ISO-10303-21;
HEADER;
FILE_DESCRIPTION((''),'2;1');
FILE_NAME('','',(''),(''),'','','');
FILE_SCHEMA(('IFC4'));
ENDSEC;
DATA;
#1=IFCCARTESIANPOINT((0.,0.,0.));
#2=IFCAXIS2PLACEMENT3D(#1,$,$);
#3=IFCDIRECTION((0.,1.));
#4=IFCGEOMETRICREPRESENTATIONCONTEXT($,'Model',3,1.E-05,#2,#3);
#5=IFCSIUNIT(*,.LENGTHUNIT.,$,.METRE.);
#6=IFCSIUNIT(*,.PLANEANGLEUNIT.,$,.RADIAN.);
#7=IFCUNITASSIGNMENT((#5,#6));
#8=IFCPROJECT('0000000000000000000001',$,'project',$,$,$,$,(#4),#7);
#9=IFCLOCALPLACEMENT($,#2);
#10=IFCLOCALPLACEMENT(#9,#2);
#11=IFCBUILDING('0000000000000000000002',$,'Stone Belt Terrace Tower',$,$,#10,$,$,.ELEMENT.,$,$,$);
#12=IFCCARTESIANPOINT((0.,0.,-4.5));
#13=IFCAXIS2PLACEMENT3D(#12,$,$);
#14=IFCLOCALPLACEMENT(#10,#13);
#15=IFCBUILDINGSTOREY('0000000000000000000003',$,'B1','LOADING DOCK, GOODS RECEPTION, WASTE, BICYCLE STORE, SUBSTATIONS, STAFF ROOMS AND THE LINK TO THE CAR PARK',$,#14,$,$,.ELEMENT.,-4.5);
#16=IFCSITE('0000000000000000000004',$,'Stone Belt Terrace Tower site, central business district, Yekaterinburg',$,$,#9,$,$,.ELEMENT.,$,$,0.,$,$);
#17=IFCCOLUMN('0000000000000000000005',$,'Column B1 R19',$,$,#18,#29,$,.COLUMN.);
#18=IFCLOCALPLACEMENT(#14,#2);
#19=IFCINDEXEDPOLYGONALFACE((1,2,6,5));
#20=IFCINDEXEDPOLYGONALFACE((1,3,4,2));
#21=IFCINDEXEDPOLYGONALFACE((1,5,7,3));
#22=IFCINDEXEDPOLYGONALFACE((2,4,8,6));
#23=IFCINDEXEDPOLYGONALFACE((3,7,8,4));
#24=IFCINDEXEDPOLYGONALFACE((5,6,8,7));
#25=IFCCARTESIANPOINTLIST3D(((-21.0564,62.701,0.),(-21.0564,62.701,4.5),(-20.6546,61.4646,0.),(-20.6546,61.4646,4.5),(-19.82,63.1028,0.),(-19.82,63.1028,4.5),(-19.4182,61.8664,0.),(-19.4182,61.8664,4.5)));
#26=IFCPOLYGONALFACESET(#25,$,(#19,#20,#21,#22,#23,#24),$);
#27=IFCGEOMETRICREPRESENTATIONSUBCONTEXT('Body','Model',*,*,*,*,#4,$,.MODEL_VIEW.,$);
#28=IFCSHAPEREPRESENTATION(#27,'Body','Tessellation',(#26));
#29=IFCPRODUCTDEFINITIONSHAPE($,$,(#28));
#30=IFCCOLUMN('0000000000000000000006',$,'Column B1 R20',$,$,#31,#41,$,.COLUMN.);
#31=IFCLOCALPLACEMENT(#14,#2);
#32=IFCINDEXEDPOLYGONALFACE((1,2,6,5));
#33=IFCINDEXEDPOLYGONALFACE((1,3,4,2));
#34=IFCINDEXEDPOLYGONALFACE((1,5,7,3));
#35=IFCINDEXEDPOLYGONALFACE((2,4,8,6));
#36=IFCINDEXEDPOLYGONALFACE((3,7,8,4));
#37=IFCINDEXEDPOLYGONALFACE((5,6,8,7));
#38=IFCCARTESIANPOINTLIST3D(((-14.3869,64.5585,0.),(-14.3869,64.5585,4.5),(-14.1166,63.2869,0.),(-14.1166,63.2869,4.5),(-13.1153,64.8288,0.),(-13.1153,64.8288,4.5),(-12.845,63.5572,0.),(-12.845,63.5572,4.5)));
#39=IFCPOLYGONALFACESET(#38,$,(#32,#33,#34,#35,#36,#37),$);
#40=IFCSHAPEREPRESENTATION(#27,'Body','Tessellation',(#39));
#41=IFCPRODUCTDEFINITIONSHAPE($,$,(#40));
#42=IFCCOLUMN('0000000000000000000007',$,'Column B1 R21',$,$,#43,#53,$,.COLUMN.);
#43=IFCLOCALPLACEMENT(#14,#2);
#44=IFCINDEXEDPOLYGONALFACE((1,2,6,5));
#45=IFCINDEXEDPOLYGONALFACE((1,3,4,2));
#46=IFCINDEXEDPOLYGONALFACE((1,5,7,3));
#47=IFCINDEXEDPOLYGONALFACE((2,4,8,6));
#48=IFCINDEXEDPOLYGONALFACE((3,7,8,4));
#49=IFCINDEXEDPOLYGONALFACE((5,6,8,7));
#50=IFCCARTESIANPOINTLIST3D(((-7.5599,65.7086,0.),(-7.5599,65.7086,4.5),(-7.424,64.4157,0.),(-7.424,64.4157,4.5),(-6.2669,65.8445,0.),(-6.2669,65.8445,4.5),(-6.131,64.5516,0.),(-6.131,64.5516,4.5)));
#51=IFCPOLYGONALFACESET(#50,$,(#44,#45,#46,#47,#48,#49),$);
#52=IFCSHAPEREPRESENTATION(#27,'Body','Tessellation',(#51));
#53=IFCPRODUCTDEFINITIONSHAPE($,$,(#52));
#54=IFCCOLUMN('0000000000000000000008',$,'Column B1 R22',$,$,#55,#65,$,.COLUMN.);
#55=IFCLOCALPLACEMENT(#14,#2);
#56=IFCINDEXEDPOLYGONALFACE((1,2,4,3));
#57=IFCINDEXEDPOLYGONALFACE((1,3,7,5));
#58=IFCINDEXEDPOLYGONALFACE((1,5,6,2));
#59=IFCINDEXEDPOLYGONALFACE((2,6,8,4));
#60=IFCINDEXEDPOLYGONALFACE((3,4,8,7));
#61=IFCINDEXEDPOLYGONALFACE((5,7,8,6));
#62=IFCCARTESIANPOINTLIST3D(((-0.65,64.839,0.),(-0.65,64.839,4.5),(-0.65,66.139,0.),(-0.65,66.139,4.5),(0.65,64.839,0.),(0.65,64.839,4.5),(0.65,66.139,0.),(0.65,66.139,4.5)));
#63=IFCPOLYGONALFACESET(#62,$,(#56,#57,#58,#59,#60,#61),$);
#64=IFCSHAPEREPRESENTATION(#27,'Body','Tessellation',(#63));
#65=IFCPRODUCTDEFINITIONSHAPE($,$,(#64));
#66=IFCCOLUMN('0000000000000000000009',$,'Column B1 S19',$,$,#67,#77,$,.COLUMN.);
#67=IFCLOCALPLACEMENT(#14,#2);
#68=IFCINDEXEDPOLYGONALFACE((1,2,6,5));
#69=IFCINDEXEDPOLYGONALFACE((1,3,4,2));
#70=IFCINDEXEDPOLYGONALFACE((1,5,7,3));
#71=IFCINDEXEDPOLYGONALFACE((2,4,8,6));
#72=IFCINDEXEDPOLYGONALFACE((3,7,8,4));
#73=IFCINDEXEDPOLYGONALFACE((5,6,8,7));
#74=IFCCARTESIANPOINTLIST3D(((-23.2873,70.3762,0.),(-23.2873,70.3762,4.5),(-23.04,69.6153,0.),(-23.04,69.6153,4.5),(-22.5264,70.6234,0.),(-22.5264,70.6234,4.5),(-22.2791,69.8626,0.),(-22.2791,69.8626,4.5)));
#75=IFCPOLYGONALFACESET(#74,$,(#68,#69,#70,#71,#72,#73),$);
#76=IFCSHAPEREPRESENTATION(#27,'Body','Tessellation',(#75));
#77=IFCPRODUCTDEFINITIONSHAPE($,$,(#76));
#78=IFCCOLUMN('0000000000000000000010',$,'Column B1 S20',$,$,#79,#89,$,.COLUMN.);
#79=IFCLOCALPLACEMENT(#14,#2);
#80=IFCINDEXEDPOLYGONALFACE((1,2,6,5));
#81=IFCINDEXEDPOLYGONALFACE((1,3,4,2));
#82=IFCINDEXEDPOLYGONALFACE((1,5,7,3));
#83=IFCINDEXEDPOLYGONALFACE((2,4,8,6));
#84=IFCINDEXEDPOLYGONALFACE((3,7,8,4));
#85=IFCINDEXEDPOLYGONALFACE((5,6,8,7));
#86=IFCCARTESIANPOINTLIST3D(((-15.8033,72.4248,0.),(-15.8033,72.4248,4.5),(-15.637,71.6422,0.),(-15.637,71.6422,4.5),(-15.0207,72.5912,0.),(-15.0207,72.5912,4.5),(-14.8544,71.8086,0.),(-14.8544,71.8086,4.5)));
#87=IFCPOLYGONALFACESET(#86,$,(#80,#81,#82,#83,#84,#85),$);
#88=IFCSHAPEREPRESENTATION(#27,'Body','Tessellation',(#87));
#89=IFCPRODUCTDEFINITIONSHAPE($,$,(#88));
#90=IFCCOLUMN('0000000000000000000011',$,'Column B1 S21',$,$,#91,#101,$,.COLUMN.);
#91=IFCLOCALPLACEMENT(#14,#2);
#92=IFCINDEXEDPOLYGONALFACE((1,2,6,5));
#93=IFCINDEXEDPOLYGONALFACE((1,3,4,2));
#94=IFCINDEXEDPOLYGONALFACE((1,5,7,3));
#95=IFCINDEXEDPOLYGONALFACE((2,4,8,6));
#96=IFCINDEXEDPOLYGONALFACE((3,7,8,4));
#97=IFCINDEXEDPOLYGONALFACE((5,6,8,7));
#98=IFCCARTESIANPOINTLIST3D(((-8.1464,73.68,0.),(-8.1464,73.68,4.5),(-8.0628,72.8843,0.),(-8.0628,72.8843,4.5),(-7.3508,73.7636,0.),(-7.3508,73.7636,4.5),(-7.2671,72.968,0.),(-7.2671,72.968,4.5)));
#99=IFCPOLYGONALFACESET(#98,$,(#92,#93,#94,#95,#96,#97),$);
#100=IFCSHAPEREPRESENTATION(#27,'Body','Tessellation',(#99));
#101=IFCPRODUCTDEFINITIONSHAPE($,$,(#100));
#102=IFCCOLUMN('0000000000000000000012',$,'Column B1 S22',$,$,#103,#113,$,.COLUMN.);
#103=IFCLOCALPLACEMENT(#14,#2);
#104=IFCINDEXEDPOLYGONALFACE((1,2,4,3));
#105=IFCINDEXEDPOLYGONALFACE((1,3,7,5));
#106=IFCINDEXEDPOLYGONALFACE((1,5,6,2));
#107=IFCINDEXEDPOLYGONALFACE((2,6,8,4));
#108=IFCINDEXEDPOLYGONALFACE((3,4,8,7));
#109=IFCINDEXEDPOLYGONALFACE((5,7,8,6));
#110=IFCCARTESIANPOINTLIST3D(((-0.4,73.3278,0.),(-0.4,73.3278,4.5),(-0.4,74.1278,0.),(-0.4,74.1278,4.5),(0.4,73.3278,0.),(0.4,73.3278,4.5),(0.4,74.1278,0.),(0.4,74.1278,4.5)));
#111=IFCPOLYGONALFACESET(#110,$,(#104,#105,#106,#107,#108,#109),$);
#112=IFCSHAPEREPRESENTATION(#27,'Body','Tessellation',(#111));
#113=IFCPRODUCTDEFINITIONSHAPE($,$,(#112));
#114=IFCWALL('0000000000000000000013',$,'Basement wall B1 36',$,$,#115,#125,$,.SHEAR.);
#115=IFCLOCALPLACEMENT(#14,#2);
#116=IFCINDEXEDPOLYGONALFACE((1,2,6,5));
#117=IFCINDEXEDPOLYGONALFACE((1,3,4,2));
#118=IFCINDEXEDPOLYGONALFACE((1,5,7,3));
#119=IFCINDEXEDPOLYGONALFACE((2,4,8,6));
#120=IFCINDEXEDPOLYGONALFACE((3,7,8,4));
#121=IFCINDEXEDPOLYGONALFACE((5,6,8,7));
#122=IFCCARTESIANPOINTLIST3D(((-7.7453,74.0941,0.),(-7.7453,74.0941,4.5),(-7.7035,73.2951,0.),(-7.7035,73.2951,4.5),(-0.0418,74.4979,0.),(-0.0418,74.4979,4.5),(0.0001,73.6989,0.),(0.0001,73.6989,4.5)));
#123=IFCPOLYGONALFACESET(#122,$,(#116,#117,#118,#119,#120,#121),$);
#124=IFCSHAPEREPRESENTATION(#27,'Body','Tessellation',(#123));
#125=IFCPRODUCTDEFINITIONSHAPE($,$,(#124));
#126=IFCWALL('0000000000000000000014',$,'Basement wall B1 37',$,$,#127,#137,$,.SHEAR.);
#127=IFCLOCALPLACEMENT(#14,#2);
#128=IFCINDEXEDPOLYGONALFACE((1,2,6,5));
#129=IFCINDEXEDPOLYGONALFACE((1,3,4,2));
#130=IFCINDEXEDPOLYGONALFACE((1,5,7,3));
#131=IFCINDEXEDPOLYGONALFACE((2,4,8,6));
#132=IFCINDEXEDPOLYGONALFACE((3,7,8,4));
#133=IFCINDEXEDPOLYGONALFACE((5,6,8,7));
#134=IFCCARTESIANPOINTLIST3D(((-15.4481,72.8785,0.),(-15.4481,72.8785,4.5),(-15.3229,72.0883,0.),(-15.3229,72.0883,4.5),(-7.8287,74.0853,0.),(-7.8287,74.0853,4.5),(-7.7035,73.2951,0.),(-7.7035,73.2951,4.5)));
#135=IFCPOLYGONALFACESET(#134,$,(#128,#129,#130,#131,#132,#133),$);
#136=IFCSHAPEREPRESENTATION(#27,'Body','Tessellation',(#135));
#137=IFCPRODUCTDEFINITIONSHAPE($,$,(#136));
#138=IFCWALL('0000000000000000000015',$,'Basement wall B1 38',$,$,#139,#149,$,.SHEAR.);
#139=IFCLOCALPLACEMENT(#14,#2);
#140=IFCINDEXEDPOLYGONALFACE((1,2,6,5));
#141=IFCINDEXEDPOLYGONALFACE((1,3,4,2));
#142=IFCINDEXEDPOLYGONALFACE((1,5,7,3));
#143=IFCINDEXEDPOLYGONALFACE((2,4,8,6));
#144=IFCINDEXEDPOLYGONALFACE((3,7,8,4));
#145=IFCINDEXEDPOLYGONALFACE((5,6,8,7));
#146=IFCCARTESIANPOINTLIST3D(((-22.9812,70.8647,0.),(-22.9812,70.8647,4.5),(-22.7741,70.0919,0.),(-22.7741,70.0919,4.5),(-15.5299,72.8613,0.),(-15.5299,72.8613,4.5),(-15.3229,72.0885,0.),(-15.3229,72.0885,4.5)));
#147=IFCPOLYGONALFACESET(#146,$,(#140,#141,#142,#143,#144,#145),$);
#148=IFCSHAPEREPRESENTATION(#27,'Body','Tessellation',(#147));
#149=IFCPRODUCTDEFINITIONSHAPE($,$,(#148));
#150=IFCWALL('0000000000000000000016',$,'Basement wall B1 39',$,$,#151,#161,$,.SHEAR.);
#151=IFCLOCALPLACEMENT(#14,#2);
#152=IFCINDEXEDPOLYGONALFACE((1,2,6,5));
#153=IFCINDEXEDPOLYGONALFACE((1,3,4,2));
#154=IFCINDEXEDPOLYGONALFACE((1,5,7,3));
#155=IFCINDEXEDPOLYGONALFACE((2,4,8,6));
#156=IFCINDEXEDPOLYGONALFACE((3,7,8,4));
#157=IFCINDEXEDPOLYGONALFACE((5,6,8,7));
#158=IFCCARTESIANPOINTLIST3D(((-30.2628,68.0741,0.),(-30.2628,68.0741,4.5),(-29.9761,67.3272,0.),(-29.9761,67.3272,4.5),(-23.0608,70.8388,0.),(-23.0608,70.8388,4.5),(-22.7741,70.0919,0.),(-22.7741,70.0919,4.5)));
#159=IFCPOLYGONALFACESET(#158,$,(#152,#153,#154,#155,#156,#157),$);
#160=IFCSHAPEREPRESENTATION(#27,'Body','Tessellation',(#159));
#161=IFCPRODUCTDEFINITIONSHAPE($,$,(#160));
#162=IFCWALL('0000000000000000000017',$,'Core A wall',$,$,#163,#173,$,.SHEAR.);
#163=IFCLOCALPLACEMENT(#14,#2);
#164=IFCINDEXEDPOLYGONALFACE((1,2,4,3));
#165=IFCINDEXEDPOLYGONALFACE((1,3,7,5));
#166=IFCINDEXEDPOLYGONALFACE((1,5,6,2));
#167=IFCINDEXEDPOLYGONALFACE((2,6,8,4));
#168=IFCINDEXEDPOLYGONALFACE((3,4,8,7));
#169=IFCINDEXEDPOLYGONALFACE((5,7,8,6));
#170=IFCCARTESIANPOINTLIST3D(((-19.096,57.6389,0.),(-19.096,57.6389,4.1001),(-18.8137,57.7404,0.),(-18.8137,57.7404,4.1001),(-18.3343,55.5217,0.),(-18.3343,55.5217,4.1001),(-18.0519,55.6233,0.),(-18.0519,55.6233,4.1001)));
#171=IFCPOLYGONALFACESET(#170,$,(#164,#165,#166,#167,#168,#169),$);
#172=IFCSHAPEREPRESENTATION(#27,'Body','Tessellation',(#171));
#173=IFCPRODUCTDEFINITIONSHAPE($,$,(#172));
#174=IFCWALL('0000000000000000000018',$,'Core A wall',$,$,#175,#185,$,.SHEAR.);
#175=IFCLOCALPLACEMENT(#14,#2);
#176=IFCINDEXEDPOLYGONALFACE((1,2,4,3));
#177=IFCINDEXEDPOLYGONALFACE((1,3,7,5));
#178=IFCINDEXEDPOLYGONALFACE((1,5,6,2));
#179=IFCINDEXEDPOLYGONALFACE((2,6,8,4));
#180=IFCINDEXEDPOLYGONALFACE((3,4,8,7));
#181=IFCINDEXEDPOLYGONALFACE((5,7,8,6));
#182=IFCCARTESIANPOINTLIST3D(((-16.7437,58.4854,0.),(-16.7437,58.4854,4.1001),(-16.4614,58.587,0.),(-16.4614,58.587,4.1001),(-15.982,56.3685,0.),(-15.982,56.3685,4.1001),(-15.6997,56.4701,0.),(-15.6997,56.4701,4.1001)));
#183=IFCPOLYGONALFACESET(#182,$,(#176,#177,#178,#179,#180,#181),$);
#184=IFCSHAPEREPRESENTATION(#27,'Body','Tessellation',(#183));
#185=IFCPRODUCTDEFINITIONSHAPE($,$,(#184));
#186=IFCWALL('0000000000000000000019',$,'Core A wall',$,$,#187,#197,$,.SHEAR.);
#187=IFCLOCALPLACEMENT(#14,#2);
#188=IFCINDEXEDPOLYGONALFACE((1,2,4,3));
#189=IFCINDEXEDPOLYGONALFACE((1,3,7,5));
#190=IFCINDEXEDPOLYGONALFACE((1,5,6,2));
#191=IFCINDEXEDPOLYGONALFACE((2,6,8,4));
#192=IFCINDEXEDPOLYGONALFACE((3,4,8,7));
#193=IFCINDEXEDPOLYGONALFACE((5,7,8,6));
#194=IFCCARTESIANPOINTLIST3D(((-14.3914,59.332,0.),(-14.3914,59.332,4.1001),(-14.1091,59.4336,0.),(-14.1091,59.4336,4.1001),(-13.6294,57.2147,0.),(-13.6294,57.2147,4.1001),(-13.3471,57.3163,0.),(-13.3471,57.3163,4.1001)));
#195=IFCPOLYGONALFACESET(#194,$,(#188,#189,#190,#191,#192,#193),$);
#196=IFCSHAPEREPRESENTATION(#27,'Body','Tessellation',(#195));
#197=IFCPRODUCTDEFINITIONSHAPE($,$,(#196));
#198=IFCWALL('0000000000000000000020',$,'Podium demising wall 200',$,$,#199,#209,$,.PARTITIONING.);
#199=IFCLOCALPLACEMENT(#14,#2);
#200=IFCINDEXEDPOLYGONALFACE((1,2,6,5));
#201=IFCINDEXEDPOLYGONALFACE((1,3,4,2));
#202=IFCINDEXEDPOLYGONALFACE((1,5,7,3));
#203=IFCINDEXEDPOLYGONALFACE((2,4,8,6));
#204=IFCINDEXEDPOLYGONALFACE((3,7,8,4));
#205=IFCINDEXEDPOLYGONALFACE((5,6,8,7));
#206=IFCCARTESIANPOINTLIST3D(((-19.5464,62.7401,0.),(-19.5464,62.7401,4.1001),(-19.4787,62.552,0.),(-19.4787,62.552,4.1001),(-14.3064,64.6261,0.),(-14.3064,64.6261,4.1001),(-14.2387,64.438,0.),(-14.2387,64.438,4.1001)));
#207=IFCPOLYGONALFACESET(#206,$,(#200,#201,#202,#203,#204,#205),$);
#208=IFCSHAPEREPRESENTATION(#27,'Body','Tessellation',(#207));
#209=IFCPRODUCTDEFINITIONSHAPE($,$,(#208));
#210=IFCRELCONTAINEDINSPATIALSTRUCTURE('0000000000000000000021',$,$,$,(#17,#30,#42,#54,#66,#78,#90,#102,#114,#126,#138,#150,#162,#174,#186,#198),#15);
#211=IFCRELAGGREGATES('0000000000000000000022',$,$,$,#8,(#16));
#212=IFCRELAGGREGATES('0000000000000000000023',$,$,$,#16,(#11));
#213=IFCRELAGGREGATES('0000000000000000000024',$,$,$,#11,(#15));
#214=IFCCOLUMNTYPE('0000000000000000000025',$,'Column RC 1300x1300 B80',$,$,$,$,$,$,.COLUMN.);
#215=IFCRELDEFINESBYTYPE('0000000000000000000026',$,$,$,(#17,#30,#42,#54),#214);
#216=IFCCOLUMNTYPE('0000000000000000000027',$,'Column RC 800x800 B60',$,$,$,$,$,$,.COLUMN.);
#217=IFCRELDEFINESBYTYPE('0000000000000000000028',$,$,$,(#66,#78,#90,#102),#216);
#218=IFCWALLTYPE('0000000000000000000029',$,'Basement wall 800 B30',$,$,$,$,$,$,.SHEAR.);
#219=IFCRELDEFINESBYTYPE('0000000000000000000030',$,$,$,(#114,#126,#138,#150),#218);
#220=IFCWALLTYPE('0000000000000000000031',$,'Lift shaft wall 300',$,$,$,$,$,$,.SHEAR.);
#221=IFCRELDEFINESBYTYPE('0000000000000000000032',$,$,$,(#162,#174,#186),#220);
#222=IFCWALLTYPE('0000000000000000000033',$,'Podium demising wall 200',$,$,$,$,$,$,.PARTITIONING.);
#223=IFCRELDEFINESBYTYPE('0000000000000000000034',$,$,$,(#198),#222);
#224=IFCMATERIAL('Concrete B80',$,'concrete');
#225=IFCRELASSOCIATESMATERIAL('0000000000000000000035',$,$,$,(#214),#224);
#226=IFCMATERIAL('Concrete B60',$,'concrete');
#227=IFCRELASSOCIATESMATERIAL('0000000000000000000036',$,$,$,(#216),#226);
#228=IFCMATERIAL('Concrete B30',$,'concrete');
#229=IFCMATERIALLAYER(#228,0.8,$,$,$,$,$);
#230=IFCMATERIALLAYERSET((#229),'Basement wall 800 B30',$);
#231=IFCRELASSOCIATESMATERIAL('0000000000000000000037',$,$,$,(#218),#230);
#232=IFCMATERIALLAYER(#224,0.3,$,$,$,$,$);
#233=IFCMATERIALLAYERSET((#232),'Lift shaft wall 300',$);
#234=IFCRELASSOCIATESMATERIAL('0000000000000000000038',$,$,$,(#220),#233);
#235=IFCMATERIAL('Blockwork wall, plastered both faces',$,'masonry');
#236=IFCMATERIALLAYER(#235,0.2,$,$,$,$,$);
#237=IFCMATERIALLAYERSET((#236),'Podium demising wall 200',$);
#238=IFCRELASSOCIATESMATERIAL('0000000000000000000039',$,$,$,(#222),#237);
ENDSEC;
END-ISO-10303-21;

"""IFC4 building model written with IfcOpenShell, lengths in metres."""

from ifc_helpers import new_model, si_unit, direction, frame, frame_2d, origin, origin_2d, place, context, subcontext, project, spatial, rectangle, extrude, material, layer, layer_set, material_profile, profile_set, type_object, element, save


model = new_model("IFC4")

# Units and contexts
model_context = context("Model", 3, precision=1e-05, world=origin(), true_north=direction((0.0, 1.0)))
body_context = subcontext(model_context, "Body", "Model", "MODEL_VIEW")
ifc_project = project(units=[si_unit("LENGTHUNIT", "METRE"), si_unit("PLANEANGLEUNIT", "RADIAN")], contexts=[model_context])

# Site, building, storey
site_placement = place(None, origin())
site = spatial("IfcSite", under=ifc_project, at=site_placement, Name="Stone Belt Terrace Tower site, central business district, Yekaterinburg", CompositionType="ELEMENT", RefElevation=0.0)
building_placement = place(site_placement, origin())
building = spatial("IfcBuilding", under=site, at=building_placement, Name="Stone Belt Terrace Tower", CompositionType="ELEMENT")
storey_placement = place(building_placement, frame((0.0, 0.0, -4.5)))
storey = spatial("IfcBuildingStorey", under=building, at=storey_placement, Name="B1", Description="LOADING DOCK, GOODS RECEPTION, WASTE, BICYCLE STORE, SUBSTATIONS, STAFF ROOMS AND THE LINK TO THE CAR PARK", CompositionType="ELEMENT", Elevation=-4.5)

# Columns
ifc_material_1 = material(Name="Concrete B80", Category="concrete")
ifc_material_profile_1 = material_profile(ifc_material_1, rectangle(XDim=1.3, YDim=1.3, at=origin_2d()), Name="RC 1300x1300")
ifc_profile_set_1 = profile_set([ifc_material_profile_1], Name="Concrete B80")
column_type_1 = type_object("IfcColumnType", Name="Column RC 1300x1300 B80", PredefinedType="COLUMN", material=ifc_profile_set_1)
for number, where, z_axis, x_axis, name in (
    (1, (-20.2373, 62.2837, 0.0), (0.0, 0.0, 1.0), (0.951057, 0.309017, 0.0), "Column B1 R19"),
    (2, (-13.616, 64.0579, 0.0), (0.0, 0.0, 1.0), (0.978148, 0.207912, 0.0), "Column B1 R20"),
    (3, (-6.8455, 65.1301, 0.0), (0.0, 0.0, 1.0), (0.994522, 0.104528, 0.0), "Column B1 R21"),
    (4, (0.0, 65.489, 0.0), (0.0, 0.0, 1.0), (1.0, 0.0, 0.0), "Column B1 R22"),
):
    element("IfcColumn", number, at=place(storey_placement, frame(where, z_axis=z_axis, x_axis=x_axis)), inside=storey, type_object=column_type_1, Name=name, PredefinedType="COLUMN", context=body_context, shape_type="SweptSolid", body=[
        extrude(rectangle(XDim=1.3, YDim=1.3, at=origin_2d()), origin(), (0.0, 0.0, 1.0), 4.5),
    ])
ifc_material_2 = material(Name="Concrete B60", Category="concrete")
ifc_material_profile_2 = material_profile(ifc_material_2, rectangle(XDim=0.8, YDim=0.8, at=origin_2d()), Name="RC 800x800")
ifc_profile_set_2 = profile_set([ifc_material_profile_2], Name="Concrete B60")
column_type_2 = type_object("IfcColumnType", Name="Column RC 800x800 B60", PredefinedType="COLUMN", material=ifc_profile_set_2)
for number, where, z_axis, x_axis, name in (
    (5, (-22.7832, 70.1194, 0.0), (0.0, 0.0, 1.0), (0.951057, 0.309017, 0.0), "Column B1 S19"),
    (6, (-15.3289, 72.1167, 0.0), (0.0, 0.0, 1.0), (0.978148, 0.207912, 0.0), "Column B1 S20"),
    (7, (-7.7068, 73.324, 0.0), (0.0, 0.0, 1.0), (0.994522, 0.104528, 0.0), "Column B1 S21"),
    (8, (0.0, 73.7278, 0.0), (0.0, 0.0, 1.0), (1.0, 0.0, 0.0), "Column B1 S22"),
):
    element("IfcColumn", number, at=place(storey_placement, frame(where, z_axis=z_axis, x_axis=x_axis)), inside=storey, type_object=column_type_2, Name=name, PredefinedType="COLUMN", context=body_context, shape_type="SweptSolid", body=[
        extrude(rectangle(XDim=0.8, YDim=0.8, at=origin_2d()), origin(), (0.0, 0.0, 1.0), 4.5),
    ])

# Walls
ifc_material_3 = material(Name="Concrete B30", Category="concrete")
ifc_layer_1 = layer(ifc_material_3, 0.8)
ifc_layer_set_1 = layer_set([ifc_layer_1], Name="Basement wall 800 B30")
wall_type_1 = type_object("IfcWallType", Name="Basement wall 800 B30", PredefinedType="SHEAR", material=ifc_layer_set_1)
wall_1_placement = place(storey_placement, frame((-0.021, 74.0984, 0.0), z_axis=(0.0, 0.0, 1.0), x_axis=(-0.998629, -0.052346, 0.0)))
element("IfcWall", 9, at=wall_1_placement, inside=storey, type_object=wall_type_1, Name="Basement wall B1 36", PredefinedType="SHEAR", context=body_context, shape_type="SweptSolid", body=[
    extrude(rectangle(XDim=7.7141, YDim=0.8, at=frame_2d((3.8569, 0.0))), origin(), (0.0, 0.0, 1.0), 4.5),
])
wall_2_placement = place(storey_placement, frame((-7.7661, 73.6902, 0.0), z_axis=(0.0, 0.0, 1.0), x_axis=(-0.987688, -0.156434, 0.0)))
element("IfcWall", 10, at=wall_2_placement, inside=storey, type_object=wall_type_1, Name="Basement wall B1 37", PredefinedType="SHEAR", context=body_context, shape_type="SweptSolid", body=[
    extrude(rectangle(XDim=7.7144, YDim=0.8, at=frame_2d((3.8572, 0.0))), origin(), (0.0, 0.0, 1.0), 4.5),
])
wall_3_placement = place(storey_placement, frame((-15.4265, 72.4749, 0.0), z_axis=(0.0, 0.0, 1.0), x_axis=(-0.965924, -0.258825, 0.0)))
element("IfcWall", 11, at=wall_3_placement, inside=storey, type_object=wall_type_1, Name="Basement wall B1 38", PredefinedType="SHEAR", context=body_context, shape_type="SweptSolid", body=[
    extrude(rectangle(XDim=7.7141, YDim=0.8, at=frame_2d((3.8569, 0.0))), origin(), (0.0, 0.0, 1.0), 4.5),
])
wall_4_placement = place(storey_placement, frame((-22.9175, 70.4653, 0.0), z_axis=(0.0, 0.0, 1.0), x_axis=(-0.933576, -0.358379, 0.0)))
element("IfcWall", 12, at=wall_4_placement, inside=storey, type_object=wall_type_1, Name="Basement wall B1 39", PredefinedType="SHEAR", context=body_context, shape_type="SweptSolid", body=[
    extrude(rectangle(XDim=7.7144, YDim=0.8, at=frame_2d((3.8572, 0.0))), origin(), (0.0, 0.0, 1.0), 4.5),
])
ifc_layer_2 = layer(ifc_material_1, 0.3)
ifc_layer_set_2 = layer_set([ifc_layer_2], Name="Lift shaft wall 300")
wall_type_2 = type_object("IfcWallType", Name="Lift shaft wall 300", PredefinedType="SHEAR", material=ifc_layer_set_2)
wall_5_placement = place(storey_placement, frame((-18.1931, 55.5725, 0.0), z_axis=(0.0, 0.0, 1.0), x_axis=(-0.338535, 0.940954, 0.0)))
element("IfcWall", 13, at=wall_5_placement, inside=storey, type_object=wall_type_2, Name="Core A wall", PredefinedType="SHEAR", context=body_context, shape_type="SweptSolid", body=[
    extrude(rectangle(XDim=2.25, YDim=0.3, at=frame_2d((1.125, 0.0))), origin(), (0.0, 0.0, 1.0), 4.1001),
])
wall_6_placement = place(storey_placement, frame((-15.8408, 56.4192, 0.0), z_axis=(0.0, 0.0, 1.0), x_axis=(-0.33857, 0.940941, 0.0)))
element("IfcWall", 14, at=wall_6_placement, inside=storey, type_object=wall_type_2, Name="Core A wall", PredefinedType="SHEAR", context=body_context, shape_type="SweptSolid", body=[
    extrude(rectangle(XDim=2.2498, YDim=0.3, at=frame_2d((1.125, 0.0))), origin(), (0.0, 0.0, 1.0), 4.1001),
])
wall_7_placement = place(storey_placement, frame((-13.4883, 57.2656, 0.0), z_axis=(0.0, 0.0, 1.0), x_axis=(-0.338631, 0.940919, 0.0)))
element("IfcWall", 15, at=wall_7_placement, inside=storey, type_object=wall_type_2, Name="Core A wall", PredefinedType="SHEAR", context=body_context, shape_type="SweptSolid", body=[
    extrude(rectangle(XDim=2.2502, YDim=0.3, at=frame_2d((1.125, 0.0))), origin(), (0.0, 0.0, 1.0), 4.1001),
])
ifc_material_4 = material(Name="Blockwork wall, plastered both faces", Category="masonry")
ifc_layer_3 = layer(ifc_material_4, 0.2)
ifc_layer_set_3 = layer_set([ifc_layer_3], Name="Podium demising wall 200")
wall_type_3 = type_object("IfcWallType", Name="Podium demising wall 200", PredefinedType="PARTITIONING", material=ifc_layer_set_3)
wall_8_placement = place(storey_placement, frame((-19.5127, 62.646, 0.0), z_axis=(0.0, 0.0, 1.0), x_axis=(0.940911, 0.338654, 0.0)))
element("IfcWall", 16, at=wall_8_placement, inside=storey, type_object=wall_type_3, Name="Podium demising wall 200", PredefinedType="PARTITIONING", context=body_context, shape_type="SweptSolid", body=[
    extrude(rectangle(XDim=5.5691, YDim=0.2, at=frame_2d((2.7847, 0.0))), origin(), (0.0, 0.0, 1.0), 4.1001),
])

save(model, "model.ifc")
